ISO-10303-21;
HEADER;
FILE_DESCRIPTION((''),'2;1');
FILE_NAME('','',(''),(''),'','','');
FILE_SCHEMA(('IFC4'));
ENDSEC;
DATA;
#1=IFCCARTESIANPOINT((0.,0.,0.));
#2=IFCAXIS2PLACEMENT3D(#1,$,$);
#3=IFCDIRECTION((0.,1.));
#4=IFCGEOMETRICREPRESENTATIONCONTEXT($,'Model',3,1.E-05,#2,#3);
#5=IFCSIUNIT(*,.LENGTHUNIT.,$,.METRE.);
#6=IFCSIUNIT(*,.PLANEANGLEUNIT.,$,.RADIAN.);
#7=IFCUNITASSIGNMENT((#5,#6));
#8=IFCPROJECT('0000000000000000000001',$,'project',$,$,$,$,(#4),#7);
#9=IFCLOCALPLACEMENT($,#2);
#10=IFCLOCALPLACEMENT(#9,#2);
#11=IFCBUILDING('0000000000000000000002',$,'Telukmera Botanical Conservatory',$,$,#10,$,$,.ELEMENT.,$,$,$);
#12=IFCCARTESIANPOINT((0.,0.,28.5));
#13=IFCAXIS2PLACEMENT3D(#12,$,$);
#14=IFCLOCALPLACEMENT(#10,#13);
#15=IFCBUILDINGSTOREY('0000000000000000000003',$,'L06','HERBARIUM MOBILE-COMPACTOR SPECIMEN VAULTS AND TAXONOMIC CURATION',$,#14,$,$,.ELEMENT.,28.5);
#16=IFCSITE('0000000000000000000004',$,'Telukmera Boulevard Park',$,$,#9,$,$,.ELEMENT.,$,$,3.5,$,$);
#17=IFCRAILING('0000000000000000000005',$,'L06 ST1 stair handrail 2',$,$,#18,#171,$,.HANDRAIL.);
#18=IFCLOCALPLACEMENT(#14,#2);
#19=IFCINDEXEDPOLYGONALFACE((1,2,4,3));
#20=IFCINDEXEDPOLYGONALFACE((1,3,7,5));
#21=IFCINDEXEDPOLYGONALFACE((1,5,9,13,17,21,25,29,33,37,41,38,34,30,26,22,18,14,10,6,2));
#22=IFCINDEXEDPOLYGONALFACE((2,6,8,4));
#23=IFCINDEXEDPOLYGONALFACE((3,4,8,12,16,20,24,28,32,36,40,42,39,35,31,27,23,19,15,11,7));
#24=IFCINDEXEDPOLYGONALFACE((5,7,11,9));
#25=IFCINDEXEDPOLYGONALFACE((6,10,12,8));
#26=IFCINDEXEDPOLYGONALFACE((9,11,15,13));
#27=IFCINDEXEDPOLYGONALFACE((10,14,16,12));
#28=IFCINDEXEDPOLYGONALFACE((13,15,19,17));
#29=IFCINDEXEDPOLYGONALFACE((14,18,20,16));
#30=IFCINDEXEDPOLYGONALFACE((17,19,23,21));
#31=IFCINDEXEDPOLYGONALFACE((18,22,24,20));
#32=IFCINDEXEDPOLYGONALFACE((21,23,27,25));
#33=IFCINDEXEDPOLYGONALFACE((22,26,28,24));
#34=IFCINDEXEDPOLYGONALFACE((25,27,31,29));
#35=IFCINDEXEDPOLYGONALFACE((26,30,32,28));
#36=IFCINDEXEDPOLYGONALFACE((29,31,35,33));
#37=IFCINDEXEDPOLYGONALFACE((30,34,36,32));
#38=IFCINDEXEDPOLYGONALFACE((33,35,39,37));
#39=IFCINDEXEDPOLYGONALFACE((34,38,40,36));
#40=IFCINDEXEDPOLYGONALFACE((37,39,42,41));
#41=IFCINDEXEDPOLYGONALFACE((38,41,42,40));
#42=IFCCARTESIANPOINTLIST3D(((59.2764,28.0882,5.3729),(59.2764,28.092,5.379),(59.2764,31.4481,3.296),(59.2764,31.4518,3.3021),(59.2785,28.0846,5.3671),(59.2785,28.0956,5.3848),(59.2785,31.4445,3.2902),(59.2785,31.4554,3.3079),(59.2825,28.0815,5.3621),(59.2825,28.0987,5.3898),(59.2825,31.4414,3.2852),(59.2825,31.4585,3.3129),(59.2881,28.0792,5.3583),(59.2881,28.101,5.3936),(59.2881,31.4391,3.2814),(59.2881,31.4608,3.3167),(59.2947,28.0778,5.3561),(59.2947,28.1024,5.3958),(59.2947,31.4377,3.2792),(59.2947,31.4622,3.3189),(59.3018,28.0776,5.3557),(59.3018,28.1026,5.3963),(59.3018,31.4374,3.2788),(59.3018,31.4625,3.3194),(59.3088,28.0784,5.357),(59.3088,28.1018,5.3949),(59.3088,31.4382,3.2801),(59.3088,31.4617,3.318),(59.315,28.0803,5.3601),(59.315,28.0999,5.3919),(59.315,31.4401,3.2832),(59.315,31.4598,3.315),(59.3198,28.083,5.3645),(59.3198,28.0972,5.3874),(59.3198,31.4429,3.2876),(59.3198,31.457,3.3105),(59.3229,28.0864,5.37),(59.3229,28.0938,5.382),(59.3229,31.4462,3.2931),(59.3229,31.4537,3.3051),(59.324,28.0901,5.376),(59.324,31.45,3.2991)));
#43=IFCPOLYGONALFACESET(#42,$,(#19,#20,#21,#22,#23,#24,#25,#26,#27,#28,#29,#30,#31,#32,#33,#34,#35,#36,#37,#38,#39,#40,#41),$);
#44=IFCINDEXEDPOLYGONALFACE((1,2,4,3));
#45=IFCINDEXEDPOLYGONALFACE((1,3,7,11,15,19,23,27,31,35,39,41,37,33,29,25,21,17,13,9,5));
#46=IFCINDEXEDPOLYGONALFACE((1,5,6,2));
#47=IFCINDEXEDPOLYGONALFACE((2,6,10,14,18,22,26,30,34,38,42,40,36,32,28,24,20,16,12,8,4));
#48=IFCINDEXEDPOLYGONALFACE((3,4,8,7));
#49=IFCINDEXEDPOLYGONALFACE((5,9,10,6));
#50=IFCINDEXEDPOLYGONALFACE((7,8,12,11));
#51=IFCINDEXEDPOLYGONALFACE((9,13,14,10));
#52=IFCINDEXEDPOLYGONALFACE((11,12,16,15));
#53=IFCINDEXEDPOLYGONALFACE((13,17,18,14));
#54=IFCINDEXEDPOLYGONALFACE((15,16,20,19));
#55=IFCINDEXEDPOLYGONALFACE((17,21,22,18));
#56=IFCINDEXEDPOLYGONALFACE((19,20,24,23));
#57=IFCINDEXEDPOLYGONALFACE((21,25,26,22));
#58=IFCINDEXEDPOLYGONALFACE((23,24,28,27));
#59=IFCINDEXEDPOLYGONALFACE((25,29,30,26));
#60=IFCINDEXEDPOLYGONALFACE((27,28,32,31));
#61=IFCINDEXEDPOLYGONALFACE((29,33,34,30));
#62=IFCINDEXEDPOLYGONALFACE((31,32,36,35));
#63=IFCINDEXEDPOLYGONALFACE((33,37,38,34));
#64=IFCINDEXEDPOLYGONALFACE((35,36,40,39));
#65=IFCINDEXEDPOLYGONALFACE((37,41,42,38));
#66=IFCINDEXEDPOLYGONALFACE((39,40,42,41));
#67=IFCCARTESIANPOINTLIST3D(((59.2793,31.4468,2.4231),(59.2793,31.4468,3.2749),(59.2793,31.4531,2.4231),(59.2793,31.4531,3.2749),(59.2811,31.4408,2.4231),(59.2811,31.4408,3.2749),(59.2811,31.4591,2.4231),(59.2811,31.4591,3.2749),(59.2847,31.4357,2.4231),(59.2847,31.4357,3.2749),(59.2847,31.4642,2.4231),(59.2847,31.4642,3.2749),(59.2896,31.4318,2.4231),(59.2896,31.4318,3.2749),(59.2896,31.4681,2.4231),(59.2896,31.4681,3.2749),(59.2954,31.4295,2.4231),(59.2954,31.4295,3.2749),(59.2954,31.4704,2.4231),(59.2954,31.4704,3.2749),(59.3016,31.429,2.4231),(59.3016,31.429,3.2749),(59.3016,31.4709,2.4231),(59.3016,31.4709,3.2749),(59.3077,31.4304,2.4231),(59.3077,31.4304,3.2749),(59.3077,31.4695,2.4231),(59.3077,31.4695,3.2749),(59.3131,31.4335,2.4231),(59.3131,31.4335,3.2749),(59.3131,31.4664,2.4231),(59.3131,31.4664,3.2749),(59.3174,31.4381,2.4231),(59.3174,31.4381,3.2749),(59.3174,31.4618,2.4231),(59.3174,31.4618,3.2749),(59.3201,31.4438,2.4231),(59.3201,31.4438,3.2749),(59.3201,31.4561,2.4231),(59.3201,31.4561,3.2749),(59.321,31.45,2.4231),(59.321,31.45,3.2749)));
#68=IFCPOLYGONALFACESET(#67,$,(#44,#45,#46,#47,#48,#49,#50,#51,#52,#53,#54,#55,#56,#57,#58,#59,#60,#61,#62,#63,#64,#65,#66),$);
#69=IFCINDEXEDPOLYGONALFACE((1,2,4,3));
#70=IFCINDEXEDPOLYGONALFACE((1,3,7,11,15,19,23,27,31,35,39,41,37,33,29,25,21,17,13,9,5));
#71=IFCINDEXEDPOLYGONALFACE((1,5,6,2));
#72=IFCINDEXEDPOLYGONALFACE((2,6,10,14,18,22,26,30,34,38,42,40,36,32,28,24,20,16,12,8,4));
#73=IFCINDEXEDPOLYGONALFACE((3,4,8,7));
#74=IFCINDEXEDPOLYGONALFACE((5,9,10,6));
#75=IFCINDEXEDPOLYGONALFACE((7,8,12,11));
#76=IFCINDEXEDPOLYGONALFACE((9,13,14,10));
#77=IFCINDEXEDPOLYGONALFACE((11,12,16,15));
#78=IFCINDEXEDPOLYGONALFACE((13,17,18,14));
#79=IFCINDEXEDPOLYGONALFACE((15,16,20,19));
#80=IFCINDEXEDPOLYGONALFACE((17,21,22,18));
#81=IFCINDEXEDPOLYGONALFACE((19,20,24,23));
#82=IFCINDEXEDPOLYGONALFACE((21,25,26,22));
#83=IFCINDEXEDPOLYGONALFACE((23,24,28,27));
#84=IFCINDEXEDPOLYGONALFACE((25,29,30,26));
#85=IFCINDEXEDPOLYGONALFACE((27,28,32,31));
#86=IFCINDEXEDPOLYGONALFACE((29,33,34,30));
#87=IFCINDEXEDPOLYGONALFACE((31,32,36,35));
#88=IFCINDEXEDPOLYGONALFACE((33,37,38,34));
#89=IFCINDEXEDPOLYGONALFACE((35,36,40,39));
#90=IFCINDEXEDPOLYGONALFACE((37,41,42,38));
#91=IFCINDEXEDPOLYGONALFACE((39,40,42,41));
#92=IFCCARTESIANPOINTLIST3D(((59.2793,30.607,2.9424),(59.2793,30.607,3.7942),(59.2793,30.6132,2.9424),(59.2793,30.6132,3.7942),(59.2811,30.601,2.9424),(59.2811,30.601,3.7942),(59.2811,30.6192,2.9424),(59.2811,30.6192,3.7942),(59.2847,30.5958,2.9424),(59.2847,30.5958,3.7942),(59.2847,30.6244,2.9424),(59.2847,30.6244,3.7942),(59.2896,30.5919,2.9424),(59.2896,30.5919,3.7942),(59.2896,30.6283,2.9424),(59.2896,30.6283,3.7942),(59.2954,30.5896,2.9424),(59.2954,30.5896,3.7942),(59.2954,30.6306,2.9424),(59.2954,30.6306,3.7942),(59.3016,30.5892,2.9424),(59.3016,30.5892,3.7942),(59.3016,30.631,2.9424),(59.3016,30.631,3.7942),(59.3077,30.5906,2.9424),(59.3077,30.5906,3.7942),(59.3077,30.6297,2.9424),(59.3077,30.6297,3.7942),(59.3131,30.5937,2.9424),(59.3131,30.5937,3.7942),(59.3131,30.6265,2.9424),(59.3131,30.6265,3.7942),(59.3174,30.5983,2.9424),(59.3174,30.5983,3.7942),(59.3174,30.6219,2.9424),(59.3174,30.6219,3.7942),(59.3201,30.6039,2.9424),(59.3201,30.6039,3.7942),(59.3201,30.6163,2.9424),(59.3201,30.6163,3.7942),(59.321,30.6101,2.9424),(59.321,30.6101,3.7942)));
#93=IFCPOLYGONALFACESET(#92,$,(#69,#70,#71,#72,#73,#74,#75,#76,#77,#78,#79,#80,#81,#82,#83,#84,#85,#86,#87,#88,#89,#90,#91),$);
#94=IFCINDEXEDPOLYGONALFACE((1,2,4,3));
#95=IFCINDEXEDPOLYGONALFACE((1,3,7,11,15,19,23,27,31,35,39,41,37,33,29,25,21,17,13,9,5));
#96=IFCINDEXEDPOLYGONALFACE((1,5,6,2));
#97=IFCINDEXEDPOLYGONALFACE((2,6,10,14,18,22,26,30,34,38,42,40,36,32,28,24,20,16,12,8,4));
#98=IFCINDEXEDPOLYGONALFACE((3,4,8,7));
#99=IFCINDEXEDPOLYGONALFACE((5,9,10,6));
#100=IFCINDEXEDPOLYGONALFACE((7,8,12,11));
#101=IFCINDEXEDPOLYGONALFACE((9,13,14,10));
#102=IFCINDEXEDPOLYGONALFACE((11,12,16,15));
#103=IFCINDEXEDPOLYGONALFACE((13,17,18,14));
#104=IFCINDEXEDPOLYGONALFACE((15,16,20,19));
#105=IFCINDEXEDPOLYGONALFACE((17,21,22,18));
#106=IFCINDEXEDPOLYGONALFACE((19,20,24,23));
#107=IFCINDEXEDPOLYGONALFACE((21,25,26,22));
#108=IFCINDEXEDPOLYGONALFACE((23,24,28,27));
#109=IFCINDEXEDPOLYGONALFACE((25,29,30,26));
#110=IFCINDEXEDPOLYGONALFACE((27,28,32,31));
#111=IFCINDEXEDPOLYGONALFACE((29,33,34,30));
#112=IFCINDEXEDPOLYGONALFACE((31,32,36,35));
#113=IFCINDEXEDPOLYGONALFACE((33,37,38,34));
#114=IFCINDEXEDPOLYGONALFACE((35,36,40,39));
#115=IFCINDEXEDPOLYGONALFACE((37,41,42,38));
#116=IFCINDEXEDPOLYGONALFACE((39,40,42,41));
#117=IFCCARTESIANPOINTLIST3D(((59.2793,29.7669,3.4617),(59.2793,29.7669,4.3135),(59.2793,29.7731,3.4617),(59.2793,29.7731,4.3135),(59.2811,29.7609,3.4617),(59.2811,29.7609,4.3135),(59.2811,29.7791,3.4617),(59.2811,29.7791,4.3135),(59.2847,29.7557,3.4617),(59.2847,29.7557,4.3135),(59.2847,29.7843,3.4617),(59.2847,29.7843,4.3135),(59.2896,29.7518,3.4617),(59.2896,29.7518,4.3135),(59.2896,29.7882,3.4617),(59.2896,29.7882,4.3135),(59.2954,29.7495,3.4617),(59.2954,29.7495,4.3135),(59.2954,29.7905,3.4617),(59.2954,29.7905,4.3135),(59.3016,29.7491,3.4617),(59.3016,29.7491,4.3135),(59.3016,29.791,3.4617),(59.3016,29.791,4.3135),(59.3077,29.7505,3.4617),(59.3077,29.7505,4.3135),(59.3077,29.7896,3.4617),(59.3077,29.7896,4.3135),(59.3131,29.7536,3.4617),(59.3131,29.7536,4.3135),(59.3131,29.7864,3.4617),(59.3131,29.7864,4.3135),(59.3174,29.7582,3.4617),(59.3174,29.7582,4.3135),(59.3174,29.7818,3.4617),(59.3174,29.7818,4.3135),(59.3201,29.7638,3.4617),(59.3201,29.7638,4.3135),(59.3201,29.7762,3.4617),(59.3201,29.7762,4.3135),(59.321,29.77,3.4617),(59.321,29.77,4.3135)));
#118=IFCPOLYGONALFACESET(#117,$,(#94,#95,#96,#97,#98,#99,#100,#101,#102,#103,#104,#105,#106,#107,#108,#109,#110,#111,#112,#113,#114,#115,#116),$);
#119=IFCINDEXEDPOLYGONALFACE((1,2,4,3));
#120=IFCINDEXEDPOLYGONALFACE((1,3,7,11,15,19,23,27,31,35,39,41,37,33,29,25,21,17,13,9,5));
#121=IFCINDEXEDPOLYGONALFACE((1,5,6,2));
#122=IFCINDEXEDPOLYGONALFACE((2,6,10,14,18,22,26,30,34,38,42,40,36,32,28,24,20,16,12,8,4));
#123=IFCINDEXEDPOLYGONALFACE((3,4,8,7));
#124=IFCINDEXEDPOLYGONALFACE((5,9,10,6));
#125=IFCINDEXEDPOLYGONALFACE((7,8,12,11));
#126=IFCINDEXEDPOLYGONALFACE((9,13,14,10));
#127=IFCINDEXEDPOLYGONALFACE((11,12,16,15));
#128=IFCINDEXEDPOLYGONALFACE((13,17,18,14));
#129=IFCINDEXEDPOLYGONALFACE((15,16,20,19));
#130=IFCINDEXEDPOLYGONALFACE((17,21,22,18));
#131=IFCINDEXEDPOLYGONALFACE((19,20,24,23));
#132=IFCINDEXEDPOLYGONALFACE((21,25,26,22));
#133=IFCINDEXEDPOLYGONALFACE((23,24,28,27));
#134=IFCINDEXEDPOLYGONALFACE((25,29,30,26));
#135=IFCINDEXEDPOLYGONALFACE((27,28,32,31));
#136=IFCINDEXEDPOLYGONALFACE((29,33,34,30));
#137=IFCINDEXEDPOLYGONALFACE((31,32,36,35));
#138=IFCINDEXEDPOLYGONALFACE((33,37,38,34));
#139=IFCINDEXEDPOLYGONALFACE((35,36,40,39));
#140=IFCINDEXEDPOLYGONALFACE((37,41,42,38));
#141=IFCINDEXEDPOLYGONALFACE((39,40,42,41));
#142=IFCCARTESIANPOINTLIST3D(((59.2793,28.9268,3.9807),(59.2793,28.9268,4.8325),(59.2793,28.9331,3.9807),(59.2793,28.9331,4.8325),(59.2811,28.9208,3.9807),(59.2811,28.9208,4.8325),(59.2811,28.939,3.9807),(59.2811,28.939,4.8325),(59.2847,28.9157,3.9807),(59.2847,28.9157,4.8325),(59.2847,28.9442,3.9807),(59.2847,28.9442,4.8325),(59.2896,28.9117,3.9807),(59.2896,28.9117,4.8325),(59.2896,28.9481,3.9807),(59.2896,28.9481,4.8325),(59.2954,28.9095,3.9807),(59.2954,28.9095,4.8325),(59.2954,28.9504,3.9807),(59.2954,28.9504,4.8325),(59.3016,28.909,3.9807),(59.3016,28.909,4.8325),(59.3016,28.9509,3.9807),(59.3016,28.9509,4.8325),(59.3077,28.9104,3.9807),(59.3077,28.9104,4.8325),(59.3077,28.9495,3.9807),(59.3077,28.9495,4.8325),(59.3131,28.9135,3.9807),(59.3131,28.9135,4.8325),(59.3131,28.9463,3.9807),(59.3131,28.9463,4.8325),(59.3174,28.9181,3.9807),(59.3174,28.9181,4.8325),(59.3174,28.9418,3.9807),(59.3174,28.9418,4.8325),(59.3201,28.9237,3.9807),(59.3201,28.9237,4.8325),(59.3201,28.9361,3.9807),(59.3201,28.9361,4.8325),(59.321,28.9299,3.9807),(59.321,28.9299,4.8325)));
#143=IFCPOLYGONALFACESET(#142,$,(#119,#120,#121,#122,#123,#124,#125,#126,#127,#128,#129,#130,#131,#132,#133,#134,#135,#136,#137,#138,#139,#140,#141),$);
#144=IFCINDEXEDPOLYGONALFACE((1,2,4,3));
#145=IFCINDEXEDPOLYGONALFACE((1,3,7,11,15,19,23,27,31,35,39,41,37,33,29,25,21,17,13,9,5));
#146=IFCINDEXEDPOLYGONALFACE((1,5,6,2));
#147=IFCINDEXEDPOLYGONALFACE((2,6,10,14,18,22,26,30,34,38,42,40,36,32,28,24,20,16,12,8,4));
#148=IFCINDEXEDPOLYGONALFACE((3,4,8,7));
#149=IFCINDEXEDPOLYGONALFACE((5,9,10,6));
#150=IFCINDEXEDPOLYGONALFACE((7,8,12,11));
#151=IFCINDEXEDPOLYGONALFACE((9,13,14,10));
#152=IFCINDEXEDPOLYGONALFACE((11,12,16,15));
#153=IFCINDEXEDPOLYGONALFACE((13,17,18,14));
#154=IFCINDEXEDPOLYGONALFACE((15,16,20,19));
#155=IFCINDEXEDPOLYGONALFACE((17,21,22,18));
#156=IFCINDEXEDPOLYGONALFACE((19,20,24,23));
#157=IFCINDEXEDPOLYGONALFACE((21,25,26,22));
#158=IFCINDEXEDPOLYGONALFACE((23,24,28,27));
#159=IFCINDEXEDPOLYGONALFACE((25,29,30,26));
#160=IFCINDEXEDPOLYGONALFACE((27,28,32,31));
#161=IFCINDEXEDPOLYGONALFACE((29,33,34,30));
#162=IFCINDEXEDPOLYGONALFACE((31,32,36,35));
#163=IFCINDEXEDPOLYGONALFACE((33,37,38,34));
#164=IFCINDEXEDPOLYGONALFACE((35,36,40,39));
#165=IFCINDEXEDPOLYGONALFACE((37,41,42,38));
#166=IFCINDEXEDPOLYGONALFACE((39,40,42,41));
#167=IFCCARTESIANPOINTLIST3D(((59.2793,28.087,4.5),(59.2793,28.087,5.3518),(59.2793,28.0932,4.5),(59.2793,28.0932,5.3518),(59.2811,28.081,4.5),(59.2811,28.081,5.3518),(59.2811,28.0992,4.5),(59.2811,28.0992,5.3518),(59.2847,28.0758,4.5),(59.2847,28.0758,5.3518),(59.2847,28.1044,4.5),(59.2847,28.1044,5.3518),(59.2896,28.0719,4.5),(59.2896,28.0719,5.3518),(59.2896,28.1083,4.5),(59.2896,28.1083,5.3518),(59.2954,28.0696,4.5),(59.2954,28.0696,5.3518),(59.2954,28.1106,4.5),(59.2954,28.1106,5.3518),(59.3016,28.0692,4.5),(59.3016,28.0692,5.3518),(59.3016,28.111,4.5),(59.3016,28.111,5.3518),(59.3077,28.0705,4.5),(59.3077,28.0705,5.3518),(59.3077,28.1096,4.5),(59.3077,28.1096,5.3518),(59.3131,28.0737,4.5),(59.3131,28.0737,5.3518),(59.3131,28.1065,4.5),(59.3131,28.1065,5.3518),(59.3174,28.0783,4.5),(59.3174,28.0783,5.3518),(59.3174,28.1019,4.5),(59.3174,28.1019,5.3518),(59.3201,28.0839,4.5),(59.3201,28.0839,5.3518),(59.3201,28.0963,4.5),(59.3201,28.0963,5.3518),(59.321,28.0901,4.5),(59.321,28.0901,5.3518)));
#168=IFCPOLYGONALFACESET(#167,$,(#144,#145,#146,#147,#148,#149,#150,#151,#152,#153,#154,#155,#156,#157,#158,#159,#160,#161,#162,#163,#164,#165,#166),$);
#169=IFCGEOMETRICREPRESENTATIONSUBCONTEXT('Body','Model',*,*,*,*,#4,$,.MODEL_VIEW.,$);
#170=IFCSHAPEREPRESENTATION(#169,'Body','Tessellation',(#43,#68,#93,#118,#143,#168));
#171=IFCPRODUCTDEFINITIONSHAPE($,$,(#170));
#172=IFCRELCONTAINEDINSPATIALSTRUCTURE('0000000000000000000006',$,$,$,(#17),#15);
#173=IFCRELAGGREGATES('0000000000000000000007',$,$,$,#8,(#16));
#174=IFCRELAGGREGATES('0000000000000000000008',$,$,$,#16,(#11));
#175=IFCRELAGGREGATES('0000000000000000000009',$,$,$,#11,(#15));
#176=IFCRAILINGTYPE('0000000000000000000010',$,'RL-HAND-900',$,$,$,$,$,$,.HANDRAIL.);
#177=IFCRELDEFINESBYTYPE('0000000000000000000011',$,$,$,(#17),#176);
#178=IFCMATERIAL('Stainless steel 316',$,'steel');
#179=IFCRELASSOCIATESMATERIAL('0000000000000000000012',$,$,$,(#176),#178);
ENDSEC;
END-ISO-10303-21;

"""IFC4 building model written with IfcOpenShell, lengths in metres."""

from ifc_helpers import new_model, si_unit, direction, frame, origin, origin_2d, place, context, subcontext, project, spatial, circle, extrude, material, type_object, element, save


model = new_model("IFC4")

# Units and contexts
model_context = context("Model", 3, precision=1e-05, world=origin(), true_north=direction((0.0, 1.0)))
body_context = subcontext(model_context, "Body", "Model", "MODEL_VIEW")
ifc_project = project(units=[si_unit("LENGTHUNIT", "METRE"), si_unit("PLANEANGLEUNIT", "RADIAN")], contexts=[model_context])

# Site, building, storey
site_placement = place(None, origin())
site = spatial("IfcSite", under=ifc_project, at=site_placement, Name="Telukmera Boulevard Park", CompositionType="ELEMENT", RefElevation=3.5)
building_placement = place(site_placement, origin())
building = spatial("IfcBuilding", under=site, at=building_placement, Name="Telukmera Botanical Conservatory", CompositionType="ELEMENT")
storey_placement = place(building_placement, frame((0.0, 0.0, 28.5)))
storey = spatial("IfcBuildingStorey", under=building, at=storey_placement, Name="L06", Description="HERBARIUM MOBILE-COMPACTOR SPECIMEN VAULTS AND TAXONOMIC CURATION", CompositionType="ELEMENT", Elevation=28.5)

# Railing
ifc_material_1 = material(Name="Stainless steel 316", Category="steel")
railing_type_1 = type_object("IfcRailingType", Name="RL-HAND-900", PredefinedType="HANDRAIL", material=ifc_material_1)
railing_1_placement = place(storey_placement, frame((59.3, 31.45, 2.4231)))
element("IfcRailing", 1, at=railing_1_placement, inside=storey, type_object=railing_type_1, Name="L06 ST1 stair handrail 2", PredefinedType="HANDRAIL", context=body_context, shape_type="SweptSolid", body=[
    extrude(circle(Radius=0.0239, at=origin_2d()), frame((0.0, 0.0, 0.876), z_axis=(0.0, -0.850606, 0.525803), x_axis=(1.0, 0.0, 0.0)), (0.0, 0.0, 1.0), 3.95),
    extrude(circle(Radius=0.021, at=origin_2d()), origin(), (0.0, 0.0, 1.0), 0.8518),
    extrude(circle(Radius=0.021, at=origin_2d()), frame((0.0, -0.8398, 0.5193)), (0.0, 0.0, 1.0), 0.8518),
    extrude(circle(Radius=0.021, at=origin_2d()), frame((0.0, -1.6799, 1.0386)), (0.0, 0.0, 1.0), 0.8518),
    extrude(circle(Radius=0.021, at=origin_2d()), frame((0.0, -2.52, 1.5576)), (0.0, 0.0, 1.0), 0.8518),
    extrude(circle(Radius=0.021, at=origin_2d()), frame((0.0, -3.3599, 2.0769)), (0.0, 0.0, 1.0), 0.8518),
])

save(model, "model.ifc")
